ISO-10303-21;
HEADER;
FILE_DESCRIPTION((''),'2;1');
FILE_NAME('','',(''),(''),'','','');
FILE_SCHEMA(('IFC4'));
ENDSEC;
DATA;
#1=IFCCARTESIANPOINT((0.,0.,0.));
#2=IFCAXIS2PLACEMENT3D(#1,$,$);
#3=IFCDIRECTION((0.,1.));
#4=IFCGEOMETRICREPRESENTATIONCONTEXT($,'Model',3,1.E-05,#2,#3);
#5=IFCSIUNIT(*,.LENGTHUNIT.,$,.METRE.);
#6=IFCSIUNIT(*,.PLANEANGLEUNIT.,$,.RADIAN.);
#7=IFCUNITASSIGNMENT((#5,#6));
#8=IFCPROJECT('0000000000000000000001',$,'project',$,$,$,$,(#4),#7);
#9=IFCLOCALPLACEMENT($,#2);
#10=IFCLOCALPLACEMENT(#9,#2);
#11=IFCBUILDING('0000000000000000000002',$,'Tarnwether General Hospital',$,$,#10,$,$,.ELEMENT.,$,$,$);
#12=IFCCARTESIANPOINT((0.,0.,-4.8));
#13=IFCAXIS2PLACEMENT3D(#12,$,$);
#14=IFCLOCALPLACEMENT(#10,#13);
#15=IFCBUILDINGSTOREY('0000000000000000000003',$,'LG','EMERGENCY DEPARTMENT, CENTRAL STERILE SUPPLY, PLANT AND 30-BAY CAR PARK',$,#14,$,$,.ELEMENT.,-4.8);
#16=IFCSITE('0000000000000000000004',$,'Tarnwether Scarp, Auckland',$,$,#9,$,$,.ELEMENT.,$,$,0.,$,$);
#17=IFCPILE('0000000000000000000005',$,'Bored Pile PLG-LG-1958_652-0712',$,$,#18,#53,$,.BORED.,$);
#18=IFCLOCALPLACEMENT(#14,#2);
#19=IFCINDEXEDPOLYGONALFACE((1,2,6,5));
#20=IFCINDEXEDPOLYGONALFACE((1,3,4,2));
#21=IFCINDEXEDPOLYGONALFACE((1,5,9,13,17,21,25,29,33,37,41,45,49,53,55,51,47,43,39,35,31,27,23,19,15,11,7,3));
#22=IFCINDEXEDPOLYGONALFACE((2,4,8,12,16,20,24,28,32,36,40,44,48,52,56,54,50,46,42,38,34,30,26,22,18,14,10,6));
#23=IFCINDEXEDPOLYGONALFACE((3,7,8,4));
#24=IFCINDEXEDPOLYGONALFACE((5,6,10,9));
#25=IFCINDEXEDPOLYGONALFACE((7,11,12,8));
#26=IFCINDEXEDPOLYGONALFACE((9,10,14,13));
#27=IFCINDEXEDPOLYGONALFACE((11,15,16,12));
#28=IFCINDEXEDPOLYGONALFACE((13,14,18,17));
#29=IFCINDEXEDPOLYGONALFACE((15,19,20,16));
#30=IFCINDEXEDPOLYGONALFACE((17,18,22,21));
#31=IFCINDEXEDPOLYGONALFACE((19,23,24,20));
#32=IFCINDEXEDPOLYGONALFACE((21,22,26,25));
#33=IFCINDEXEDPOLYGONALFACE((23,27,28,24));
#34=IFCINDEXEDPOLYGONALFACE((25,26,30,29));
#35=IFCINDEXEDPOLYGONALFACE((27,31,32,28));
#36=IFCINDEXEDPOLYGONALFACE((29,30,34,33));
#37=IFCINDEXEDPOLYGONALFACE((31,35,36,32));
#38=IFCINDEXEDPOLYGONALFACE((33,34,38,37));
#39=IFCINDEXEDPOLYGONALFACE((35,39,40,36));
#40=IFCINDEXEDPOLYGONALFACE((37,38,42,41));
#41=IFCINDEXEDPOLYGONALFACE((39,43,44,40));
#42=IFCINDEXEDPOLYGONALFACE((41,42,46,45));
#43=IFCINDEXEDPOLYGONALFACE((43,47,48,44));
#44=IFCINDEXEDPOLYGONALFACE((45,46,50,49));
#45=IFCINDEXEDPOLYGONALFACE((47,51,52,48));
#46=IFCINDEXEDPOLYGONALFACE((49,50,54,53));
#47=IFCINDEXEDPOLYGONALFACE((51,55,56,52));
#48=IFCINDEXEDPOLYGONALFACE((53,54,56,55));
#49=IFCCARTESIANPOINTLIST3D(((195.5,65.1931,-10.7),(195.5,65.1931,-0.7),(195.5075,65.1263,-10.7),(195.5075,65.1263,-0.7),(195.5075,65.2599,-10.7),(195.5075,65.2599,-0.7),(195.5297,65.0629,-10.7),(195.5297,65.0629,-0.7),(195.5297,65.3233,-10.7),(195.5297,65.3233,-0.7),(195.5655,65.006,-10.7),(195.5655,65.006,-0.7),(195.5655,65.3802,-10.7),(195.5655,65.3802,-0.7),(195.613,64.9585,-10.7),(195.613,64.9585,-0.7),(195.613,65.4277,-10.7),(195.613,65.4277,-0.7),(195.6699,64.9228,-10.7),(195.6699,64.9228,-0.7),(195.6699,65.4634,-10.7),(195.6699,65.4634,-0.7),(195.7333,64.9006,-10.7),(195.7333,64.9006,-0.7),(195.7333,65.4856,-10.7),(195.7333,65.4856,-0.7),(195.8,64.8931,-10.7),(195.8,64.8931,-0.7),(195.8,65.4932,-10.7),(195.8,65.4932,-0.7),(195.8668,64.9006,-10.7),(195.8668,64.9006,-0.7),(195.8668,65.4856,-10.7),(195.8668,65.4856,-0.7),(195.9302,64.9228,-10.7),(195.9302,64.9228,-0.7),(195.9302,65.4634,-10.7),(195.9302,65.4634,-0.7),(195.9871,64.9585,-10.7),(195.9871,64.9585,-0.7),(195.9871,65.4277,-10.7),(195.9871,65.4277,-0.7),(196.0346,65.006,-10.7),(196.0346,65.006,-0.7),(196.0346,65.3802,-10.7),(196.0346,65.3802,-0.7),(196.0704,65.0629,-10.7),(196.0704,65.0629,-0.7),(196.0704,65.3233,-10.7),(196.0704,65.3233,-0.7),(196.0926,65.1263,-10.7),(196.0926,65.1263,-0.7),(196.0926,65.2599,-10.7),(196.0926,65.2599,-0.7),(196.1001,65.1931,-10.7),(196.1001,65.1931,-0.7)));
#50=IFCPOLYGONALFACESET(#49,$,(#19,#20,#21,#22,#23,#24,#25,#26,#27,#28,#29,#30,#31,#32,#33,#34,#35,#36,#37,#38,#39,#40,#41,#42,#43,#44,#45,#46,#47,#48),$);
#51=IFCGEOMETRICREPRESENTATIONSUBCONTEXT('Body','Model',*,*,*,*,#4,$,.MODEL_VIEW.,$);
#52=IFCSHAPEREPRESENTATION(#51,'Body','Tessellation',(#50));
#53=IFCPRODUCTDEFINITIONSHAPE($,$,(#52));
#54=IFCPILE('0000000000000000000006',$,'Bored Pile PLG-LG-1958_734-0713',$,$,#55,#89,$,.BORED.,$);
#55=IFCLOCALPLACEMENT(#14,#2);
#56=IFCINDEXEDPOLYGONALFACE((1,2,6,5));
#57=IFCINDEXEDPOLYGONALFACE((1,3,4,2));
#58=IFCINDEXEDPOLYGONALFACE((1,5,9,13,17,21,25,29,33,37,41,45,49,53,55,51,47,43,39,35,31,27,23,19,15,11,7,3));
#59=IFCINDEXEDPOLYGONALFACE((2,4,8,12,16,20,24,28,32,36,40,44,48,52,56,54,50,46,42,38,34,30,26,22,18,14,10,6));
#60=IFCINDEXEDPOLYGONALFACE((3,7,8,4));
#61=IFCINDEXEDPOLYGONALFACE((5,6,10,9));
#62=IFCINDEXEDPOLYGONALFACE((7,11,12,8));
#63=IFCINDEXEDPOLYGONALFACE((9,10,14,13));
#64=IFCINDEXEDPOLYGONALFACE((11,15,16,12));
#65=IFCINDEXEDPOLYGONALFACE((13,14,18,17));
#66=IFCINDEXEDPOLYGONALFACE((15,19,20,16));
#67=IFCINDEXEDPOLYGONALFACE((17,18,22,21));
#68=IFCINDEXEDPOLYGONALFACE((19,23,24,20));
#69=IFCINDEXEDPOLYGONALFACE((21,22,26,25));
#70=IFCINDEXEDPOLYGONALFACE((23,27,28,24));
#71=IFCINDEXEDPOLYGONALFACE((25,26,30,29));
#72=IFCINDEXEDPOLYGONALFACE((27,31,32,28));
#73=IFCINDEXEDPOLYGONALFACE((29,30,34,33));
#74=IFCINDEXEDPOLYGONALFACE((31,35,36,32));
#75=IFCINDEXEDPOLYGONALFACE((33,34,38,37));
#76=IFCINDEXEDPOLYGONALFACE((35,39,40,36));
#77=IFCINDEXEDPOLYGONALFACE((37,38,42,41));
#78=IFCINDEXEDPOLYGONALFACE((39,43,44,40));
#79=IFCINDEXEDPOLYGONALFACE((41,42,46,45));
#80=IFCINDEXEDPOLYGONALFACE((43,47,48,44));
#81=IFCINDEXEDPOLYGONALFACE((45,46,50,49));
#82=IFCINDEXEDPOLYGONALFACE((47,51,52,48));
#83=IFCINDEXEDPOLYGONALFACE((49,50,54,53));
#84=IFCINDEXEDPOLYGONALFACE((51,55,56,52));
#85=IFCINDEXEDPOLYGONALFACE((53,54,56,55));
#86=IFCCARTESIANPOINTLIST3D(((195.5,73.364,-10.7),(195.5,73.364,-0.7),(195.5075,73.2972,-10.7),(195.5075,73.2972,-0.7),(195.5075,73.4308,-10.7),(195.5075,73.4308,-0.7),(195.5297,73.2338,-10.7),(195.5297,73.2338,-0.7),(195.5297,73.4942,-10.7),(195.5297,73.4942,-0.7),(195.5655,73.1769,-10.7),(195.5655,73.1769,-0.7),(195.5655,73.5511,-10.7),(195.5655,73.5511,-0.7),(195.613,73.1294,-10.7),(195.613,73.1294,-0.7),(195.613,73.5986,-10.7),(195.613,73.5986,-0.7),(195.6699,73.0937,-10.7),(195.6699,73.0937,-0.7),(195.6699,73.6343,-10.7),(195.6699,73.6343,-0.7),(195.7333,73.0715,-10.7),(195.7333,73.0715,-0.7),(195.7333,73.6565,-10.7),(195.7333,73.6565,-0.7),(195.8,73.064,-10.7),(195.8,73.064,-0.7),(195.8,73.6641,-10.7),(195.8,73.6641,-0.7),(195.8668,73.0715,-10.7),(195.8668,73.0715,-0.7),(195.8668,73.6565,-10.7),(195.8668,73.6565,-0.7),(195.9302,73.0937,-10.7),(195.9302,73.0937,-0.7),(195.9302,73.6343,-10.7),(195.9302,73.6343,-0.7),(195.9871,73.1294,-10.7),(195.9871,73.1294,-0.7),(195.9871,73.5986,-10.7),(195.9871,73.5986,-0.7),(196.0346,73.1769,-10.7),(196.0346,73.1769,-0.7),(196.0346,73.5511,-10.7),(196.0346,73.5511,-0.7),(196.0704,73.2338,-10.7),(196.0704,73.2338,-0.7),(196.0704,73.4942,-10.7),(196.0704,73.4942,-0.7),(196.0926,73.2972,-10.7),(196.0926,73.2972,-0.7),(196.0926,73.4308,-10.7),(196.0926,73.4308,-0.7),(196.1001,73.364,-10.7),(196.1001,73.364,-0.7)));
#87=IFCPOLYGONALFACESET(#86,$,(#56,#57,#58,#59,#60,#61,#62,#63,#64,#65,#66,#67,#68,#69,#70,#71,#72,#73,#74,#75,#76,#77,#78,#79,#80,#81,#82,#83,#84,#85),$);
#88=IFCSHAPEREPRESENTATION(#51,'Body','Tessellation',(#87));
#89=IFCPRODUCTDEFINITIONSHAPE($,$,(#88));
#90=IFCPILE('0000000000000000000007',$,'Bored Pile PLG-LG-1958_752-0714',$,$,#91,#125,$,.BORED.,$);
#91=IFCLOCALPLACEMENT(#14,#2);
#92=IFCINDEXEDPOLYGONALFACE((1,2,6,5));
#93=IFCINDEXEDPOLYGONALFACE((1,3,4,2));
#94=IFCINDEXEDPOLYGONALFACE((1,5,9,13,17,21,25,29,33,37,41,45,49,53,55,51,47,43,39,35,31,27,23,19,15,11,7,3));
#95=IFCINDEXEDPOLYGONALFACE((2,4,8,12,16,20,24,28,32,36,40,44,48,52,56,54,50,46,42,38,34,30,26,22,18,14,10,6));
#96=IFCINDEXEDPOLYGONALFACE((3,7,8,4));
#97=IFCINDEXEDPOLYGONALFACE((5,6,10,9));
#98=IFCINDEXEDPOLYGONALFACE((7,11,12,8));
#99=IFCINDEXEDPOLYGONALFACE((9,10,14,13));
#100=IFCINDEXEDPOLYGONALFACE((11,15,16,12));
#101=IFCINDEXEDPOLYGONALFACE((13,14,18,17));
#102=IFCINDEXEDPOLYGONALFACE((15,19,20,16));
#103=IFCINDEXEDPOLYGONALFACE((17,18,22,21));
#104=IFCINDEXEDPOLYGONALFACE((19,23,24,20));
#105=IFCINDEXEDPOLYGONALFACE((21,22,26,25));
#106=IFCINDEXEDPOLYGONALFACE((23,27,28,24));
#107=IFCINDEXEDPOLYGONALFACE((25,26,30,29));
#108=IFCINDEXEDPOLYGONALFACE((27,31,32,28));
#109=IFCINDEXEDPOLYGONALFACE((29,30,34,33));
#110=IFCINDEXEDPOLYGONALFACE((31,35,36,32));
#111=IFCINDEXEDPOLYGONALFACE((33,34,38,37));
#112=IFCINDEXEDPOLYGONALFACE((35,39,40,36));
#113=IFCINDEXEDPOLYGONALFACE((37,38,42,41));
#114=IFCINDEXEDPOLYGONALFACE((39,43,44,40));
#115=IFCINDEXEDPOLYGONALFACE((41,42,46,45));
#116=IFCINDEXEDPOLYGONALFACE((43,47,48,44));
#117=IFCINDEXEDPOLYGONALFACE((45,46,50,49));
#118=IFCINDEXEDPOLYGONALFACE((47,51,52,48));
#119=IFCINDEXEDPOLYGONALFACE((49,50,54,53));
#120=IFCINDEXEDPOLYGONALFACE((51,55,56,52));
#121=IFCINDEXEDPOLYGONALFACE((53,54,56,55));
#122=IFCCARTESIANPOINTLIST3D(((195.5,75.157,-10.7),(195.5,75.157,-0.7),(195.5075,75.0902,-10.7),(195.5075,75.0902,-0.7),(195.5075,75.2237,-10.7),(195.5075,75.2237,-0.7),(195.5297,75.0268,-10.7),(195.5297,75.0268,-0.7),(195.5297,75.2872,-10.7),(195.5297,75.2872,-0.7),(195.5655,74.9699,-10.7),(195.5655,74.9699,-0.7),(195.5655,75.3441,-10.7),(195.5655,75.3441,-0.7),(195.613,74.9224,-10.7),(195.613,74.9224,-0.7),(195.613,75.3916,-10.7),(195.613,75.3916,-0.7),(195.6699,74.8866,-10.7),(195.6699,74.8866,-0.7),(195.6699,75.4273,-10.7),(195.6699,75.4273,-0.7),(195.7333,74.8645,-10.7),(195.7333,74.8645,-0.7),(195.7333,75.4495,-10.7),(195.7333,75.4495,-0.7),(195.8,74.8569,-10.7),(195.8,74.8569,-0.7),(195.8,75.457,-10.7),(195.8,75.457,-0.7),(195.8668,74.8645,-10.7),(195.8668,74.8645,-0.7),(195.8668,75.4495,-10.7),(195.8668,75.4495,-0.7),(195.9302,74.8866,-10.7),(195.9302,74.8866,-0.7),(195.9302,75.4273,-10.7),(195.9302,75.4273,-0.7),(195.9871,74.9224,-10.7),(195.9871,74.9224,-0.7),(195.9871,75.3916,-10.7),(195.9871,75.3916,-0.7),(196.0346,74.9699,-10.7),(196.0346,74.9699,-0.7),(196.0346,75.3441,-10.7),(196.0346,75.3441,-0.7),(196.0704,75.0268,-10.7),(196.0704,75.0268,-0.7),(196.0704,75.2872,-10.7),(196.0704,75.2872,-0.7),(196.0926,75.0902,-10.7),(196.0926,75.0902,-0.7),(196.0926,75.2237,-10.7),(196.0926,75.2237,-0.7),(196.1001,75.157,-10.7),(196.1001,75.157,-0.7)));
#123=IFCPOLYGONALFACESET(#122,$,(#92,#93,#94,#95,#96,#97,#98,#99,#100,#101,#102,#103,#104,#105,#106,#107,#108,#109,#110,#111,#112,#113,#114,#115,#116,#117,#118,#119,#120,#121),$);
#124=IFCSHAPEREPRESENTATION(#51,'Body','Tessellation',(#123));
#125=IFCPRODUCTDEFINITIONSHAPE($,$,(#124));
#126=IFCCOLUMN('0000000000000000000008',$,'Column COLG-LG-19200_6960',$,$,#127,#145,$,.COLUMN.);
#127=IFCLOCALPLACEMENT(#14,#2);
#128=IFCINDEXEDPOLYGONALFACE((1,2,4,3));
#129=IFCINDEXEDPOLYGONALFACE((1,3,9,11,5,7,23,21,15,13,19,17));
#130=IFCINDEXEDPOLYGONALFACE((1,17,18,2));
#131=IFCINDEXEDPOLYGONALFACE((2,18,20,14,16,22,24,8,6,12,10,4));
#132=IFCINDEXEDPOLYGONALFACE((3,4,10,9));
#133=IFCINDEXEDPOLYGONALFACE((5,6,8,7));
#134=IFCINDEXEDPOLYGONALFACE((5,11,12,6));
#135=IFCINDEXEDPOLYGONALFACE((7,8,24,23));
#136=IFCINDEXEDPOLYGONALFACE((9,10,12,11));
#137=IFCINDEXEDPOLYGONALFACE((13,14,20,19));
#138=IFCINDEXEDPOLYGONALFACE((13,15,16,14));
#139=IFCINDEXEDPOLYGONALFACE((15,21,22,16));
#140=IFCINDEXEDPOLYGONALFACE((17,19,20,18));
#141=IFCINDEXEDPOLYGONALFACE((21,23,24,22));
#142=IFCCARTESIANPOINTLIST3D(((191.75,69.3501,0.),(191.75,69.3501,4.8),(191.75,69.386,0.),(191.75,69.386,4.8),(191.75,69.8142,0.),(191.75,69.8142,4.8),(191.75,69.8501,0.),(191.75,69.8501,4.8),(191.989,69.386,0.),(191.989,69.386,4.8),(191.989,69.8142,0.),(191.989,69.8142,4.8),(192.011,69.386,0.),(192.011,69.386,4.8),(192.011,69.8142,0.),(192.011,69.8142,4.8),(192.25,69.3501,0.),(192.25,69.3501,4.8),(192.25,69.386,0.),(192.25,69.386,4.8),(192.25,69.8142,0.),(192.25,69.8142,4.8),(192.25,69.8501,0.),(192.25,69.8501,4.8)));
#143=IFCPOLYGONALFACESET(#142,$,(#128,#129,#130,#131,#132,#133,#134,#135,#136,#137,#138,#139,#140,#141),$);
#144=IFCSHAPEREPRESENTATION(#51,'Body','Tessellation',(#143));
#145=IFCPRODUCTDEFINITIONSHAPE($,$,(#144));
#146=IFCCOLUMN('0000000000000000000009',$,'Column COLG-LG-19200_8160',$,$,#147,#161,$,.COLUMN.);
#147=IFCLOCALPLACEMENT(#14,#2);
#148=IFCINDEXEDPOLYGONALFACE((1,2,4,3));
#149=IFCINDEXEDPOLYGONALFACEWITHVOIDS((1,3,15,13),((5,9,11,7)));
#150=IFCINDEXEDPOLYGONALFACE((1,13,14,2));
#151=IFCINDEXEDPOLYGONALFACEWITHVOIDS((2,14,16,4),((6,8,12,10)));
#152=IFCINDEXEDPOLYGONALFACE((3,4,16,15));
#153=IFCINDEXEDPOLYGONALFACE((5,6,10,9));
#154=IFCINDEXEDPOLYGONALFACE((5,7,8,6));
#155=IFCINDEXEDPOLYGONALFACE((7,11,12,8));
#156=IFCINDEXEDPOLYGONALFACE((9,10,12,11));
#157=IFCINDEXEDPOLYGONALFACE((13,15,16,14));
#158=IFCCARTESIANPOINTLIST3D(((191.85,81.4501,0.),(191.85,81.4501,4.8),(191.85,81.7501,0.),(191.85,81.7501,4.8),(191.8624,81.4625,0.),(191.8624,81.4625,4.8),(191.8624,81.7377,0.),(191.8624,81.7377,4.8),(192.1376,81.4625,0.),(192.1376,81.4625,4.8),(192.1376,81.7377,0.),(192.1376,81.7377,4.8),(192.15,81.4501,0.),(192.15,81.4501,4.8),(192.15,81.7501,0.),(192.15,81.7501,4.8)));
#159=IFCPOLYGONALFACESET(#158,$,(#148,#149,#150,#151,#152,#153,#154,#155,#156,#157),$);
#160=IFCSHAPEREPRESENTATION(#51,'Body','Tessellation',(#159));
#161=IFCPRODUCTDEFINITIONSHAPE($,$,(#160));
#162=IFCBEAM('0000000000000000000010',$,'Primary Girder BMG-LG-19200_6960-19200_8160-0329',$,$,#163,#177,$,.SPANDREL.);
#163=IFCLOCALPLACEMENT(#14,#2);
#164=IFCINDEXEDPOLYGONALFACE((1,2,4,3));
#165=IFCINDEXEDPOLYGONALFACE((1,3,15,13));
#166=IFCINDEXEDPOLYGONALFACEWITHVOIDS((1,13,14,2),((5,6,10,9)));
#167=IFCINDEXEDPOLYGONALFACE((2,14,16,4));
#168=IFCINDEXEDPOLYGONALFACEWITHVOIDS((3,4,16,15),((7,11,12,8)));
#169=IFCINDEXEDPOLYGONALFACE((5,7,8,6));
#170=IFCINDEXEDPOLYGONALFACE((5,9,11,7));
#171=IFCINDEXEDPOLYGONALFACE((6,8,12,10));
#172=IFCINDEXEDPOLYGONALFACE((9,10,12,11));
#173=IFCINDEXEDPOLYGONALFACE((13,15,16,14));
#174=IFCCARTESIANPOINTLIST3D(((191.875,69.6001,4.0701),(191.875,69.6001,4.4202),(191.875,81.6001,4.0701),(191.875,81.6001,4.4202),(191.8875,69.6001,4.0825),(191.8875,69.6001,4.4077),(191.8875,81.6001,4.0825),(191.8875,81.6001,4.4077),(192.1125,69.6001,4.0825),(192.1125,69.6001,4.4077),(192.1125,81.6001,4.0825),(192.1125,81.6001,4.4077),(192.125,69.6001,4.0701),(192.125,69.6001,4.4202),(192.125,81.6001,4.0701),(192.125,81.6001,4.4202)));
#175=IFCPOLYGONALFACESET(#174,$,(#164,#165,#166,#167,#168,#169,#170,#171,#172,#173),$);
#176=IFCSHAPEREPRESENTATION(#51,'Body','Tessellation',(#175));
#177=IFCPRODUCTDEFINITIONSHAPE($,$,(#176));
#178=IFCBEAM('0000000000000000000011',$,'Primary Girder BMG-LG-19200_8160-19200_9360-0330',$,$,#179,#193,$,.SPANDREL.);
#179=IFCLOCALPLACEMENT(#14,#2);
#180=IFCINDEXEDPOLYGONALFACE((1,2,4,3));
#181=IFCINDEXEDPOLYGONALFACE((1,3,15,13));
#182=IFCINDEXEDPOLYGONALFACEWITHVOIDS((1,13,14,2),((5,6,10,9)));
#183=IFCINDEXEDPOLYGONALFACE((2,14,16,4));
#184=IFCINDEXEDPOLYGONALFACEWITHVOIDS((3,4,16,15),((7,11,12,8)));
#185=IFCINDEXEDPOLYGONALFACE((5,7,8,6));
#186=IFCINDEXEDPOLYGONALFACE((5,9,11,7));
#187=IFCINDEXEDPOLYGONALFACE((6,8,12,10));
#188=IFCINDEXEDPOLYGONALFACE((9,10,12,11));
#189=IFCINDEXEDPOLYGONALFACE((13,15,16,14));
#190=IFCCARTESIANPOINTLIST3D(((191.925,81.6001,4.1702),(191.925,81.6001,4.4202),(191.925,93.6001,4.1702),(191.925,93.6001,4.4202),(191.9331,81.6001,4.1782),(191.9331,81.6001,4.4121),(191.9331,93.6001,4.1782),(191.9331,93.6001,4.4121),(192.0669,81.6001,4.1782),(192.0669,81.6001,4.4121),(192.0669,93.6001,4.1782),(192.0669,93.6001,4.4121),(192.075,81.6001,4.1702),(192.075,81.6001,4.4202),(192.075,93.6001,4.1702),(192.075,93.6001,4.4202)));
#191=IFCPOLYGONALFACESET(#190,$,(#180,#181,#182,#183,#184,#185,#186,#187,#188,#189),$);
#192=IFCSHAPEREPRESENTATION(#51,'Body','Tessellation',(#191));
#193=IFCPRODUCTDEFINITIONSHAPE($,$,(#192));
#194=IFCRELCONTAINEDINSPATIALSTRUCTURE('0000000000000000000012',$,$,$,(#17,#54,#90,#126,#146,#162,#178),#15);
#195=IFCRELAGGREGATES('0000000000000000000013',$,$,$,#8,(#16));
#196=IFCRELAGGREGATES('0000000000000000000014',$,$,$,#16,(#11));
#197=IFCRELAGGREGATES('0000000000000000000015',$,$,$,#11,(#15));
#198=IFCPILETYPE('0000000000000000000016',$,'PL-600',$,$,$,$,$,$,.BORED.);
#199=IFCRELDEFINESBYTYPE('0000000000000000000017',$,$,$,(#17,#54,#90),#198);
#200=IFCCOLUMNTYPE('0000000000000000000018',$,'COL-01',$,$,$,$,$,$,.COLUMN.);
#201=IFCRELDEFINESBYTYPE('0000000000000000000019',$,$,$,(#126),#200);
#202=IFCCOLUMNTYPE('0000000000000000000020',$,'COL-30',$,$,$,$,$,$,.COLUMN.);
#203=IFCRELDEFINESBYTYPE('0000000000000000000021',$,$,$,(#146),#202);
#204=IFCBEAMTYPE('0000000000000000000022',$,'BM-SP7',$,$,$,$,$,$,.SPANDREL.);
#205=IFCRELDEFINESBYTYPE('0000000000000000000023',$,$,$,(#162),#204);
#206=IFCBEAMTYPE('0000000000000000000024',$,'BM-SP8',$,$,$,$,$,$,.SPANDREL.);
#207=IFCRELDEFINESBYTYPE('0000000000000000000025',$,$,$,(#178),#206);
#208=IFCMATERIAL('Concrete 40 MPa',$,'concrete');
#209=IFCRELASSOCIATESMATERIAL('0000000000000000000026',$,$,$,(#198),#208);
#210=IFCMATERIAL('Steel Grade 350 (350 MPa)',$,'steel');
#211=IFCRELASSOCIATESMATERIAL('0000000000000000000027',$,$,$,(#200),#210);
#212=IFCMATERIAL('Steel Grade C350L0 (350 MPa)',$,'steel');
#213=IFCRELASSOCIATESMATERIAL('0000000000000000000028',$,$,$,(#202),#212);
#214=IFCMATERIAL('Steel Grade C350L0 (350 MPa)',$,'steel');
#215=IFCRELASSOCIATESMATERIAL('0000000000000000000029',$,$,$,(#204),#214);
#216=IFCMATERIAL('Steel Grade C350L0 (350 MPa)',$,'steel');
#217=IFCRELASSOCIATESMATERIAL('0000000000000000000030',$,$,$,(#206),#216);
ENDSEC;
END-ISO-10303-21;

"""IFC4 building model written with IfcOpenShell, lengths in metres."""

from ifc_helpers import new_model, si_unit, direction, frame, origin, origin_2d, place, context, subcontext, project, spatial, hollow_rectangle, circle, i_section, extrude, material, material_profile, profile_set, type_object, element, save


model = new_model("IFC4")

# Units and contexts
model_context = context("Model", 3, precision=1e-05, world=origin(), true_north=direction((0.0, 1.0)))
body_context = subcontext(model_context, "Body", "Model", "MODEL_VIEW")
ifc_project = project(units=[si_unit("LENGTHUNIT", "METRE"), si_unit("PLANEANGLEUNIT", "RADIAN")], contexts=[model_context])

# Site, building, storey
site_placement = place(None, origin())
site = spatial("IfcSite", under=ifc_project, at=site_placement, Name="Tarnwether Scarp, Auckland", CompositionType="ELEMENT", RefElevation=0.0)
building_placement = place(site_placement, origin())
building = spatial("IfcBuilding", under=site, at=building_placement, Name="Tarnwether General Hospital", CompositionType="ELEMENT")
storey_placement = place(building_placement, frame((0.0, 0.0, -4.8)))
storey = spatial("IfcBuildingStorey", under=building, at=storey_placement, Name="LG", Description="EMERGENCY DEPARTMENT, CENTRAL STERILE SUPPLY, PLANT AND 30-BAY CAR PARK", CompositionType="ELEMENT", Elevation=-4.8)

# Piles
ifc_material_1 = material(Name="Concrete 40 MPa", Category="concrete")
ifc_material_profile_1 = material_profile(ifc_material_1, circle(Radius=0.3, at=origin_2d()), Name="PILE-D600")
ifc_profile_set_1 = profile_set([ifc_material_profile_1], Name="Concrete 40 MPa")
pile_type_1 = type_object("IfcPileType", Name="PL-600", PredefinedType="BORED", material=ifc_profile_set_1)
for number, where, z_axis, x_axis, name in (
    (1, (195.8, 65.1931, -0.7), (0.0, 0.0, -1.0), (1.0, 0.0, 0.0), "Bored Pile PLG-LG-1958_652-0712"),
    (2, (195.8, 73.364, -0.7), (0.0, 0.0, -1.0), (1.0, 0.0, 0.0), "Bored Pile PLG-LG-1958_734-0713"),
    (3, (195.8, 75.157, -0.7), (0.0, 0.0, -1.0), (1.0, 0.0, 0.0), "Bored Pile PLG-LG-1958_752-0714"),
):
    element("IfcPile", number, at=place(storey_placement, frame(where, z_axis=z_axis, x_axis=x_axis)), inside=storey, type_object=pile_type_1, Name=name, PredefinedType="BORED", context=body_context, shape_type="SweptSolid", body=[
        extrude(circle(Radius=0.3, at=origin_2d()), origin(), (0.0, 0.0, 1.0), 10.0),
    ])

# Columns
ifc_material_2 = material(Name="Steel Grade 350 (350 MPa)", Category="steel")
ifc_material_profile_2 = material_profile(ifc_material_2, i_section(OverallWidth=0.5, OverallDepth=0.5, WebThickness=0.022, FlangeThickness=0.0359, at=origin_2d()), Name="500WC380")
ifc_profile_set_2 = profile_set([ifc_material_profile_2], Name="Steel Grade 350 (350 MPa)")
column_type_1 = type_object("IfcColumnType", Name="COL-01", PredefinedType="COLUMN", material=ifc_profile_set_2)
column_1_placement = place(storey_placement, frame((192.0, 69.6001, 0.0), z_axis=(0.0, 0.0, 1.0), x_axis=(1.0, 0.0, 0.0)))
element("IfcColumn", 4, at=column_1_placement, inside=storey, type_object=column_type_1, Name="Column COLG-LG-19200_6960", PredefinedType="COLUMN", context=body_context, shape_type="SweptSolid", body=[
    extrude(i_section(OverallWidth=0.5, OverallDepth=0.5, WebThickness=0.022, FlangeThickness=0.0359, at=origin_2d()), origin(), (0.0, 0.0, 1.0), 4.8),
])
ifc_material_3 = material(Name="Steel Grade C350L0 (350 MPa)", Category="steel")
ifc_material_profile_3 = material_profile(ifc_material_3, hollow_rectangle(XDim=0.3, YDim=0.3, WallThickness=0.0125, at=origin_2d()), Name="SHS300x300x12.5")
ifc_profile_set_3 = profile_set([ifc_material_profile_3], Name="Steel Grade C350L0 (350 MPa)")
column_type_2 = type_object("IfcColumnType", Name="COL-30", PredefinedType="COLUMN", material=ifc_profile_set_3)
column_2_placement = place(storey_placement, frame((192.0, 81.6001, 0.0), z_axis=(0.0, 0.0, 1.0), x_axis=(1.0, 0.0, 0.0)))
element("IfcColumn", 5, at=column_2_placement, inside=storey, type_object=column_type_2, Name="Column COLG-LG-19200_8160", PredefinedType="COLUMN", context=body_context, shape_type="SweptSolid", body=[
    extrude(hollow_rectangle(XDim=0.3, YDim=0.3, WallThickness=0.0125, at=origin_2d()), origin(), (0.0, 0.0, 1.0), 4.8),
])

# Beams
ifc_material_4 = material(Name="Steel Grade C350L0 (350 MPa)", Category="steel")
ifc_material_profile_4 = material_profile(ifc_material_4, hollow_rectangle(XDim=0.25, YDim=0.3501, WallThickness=0.0125, at=origin_2d()), Name="RHS350x250x12.5")
ifc_profile_set_4 = profile_set([ifc_material_profile_4], Name="Steel Grade C350L0 (350 MPa)")
beam_type_1 = type_object("IfcBeamType", Name="BM-SP7", PredefinedType="SPANDREL", material=ifc_profile_set_4)
beam_1_placement = place(storey_placement, frame((192.0, 69.6001, 4.2451), z_axis=(0.0, 1.0, 0.0), x_axis=(-1.0, 0.0, 0.0)))
element("IfcBeam", 6, at=beam_1_placement, inside=storey, type_object=beam_type_1, Name="Primary Girder BMG-LG-19200_6960-19200_8160-0329", PredefinedType="SPANDREL", context=body_context, shape_type="SweptSolid", body=[
    extrude(hollow_rectangle(XDim=0.25, YDim=0.3501, WallThickness=0.0125, at=origin_2d()), origin(), (0.0, 0.0, 1.0), 12.0),
])
ifc_material_5 = material(Name="Steel Grade C350L0 (350 MPa)", Category="steel")
ifc_material_profile_5 = material_profile(ifc_material_5, hollow_rectangle(XDim=0.1499, YDim=0.25, WallThickness=0.0081, at=origin_2d()), Name="RHS250x150x8")
ifc_profile_set_5 = profile_set([ifc_material_profile_5], Name="Steel Grade C350L0 (350 MPa)")
beam_type_2 = type_object("IfcBeamType", Name="BM-SP8", PredefinedType="SPANDREL", material=ifc_profile_set_5)
beam_2_placement = place(storey_placement, frame((192.0, 81.6001, 4.2952), z_axis=(0.0, 1.0, 0.0), x_axis=(-1.0, 0.0, 0.0)))
element("IfcBeam", 7, at=beam_2_placement, inside=storey, type_object=beam_type_2, Name="Primary Girder BMG-LG-19200_8160-19200_9360-0330", PredefinedType="SPANDREL", context=body_context, shape_type="SweptSolid", body=[
    extrude(hollow_rectangle(XDim=0.1499, YDim=0.25, WallThickness=0.0081, at=origin_2d()), origin(), (0.0, 0.0, 1.0), 12.0),
])

save(model, "model.ifc")
